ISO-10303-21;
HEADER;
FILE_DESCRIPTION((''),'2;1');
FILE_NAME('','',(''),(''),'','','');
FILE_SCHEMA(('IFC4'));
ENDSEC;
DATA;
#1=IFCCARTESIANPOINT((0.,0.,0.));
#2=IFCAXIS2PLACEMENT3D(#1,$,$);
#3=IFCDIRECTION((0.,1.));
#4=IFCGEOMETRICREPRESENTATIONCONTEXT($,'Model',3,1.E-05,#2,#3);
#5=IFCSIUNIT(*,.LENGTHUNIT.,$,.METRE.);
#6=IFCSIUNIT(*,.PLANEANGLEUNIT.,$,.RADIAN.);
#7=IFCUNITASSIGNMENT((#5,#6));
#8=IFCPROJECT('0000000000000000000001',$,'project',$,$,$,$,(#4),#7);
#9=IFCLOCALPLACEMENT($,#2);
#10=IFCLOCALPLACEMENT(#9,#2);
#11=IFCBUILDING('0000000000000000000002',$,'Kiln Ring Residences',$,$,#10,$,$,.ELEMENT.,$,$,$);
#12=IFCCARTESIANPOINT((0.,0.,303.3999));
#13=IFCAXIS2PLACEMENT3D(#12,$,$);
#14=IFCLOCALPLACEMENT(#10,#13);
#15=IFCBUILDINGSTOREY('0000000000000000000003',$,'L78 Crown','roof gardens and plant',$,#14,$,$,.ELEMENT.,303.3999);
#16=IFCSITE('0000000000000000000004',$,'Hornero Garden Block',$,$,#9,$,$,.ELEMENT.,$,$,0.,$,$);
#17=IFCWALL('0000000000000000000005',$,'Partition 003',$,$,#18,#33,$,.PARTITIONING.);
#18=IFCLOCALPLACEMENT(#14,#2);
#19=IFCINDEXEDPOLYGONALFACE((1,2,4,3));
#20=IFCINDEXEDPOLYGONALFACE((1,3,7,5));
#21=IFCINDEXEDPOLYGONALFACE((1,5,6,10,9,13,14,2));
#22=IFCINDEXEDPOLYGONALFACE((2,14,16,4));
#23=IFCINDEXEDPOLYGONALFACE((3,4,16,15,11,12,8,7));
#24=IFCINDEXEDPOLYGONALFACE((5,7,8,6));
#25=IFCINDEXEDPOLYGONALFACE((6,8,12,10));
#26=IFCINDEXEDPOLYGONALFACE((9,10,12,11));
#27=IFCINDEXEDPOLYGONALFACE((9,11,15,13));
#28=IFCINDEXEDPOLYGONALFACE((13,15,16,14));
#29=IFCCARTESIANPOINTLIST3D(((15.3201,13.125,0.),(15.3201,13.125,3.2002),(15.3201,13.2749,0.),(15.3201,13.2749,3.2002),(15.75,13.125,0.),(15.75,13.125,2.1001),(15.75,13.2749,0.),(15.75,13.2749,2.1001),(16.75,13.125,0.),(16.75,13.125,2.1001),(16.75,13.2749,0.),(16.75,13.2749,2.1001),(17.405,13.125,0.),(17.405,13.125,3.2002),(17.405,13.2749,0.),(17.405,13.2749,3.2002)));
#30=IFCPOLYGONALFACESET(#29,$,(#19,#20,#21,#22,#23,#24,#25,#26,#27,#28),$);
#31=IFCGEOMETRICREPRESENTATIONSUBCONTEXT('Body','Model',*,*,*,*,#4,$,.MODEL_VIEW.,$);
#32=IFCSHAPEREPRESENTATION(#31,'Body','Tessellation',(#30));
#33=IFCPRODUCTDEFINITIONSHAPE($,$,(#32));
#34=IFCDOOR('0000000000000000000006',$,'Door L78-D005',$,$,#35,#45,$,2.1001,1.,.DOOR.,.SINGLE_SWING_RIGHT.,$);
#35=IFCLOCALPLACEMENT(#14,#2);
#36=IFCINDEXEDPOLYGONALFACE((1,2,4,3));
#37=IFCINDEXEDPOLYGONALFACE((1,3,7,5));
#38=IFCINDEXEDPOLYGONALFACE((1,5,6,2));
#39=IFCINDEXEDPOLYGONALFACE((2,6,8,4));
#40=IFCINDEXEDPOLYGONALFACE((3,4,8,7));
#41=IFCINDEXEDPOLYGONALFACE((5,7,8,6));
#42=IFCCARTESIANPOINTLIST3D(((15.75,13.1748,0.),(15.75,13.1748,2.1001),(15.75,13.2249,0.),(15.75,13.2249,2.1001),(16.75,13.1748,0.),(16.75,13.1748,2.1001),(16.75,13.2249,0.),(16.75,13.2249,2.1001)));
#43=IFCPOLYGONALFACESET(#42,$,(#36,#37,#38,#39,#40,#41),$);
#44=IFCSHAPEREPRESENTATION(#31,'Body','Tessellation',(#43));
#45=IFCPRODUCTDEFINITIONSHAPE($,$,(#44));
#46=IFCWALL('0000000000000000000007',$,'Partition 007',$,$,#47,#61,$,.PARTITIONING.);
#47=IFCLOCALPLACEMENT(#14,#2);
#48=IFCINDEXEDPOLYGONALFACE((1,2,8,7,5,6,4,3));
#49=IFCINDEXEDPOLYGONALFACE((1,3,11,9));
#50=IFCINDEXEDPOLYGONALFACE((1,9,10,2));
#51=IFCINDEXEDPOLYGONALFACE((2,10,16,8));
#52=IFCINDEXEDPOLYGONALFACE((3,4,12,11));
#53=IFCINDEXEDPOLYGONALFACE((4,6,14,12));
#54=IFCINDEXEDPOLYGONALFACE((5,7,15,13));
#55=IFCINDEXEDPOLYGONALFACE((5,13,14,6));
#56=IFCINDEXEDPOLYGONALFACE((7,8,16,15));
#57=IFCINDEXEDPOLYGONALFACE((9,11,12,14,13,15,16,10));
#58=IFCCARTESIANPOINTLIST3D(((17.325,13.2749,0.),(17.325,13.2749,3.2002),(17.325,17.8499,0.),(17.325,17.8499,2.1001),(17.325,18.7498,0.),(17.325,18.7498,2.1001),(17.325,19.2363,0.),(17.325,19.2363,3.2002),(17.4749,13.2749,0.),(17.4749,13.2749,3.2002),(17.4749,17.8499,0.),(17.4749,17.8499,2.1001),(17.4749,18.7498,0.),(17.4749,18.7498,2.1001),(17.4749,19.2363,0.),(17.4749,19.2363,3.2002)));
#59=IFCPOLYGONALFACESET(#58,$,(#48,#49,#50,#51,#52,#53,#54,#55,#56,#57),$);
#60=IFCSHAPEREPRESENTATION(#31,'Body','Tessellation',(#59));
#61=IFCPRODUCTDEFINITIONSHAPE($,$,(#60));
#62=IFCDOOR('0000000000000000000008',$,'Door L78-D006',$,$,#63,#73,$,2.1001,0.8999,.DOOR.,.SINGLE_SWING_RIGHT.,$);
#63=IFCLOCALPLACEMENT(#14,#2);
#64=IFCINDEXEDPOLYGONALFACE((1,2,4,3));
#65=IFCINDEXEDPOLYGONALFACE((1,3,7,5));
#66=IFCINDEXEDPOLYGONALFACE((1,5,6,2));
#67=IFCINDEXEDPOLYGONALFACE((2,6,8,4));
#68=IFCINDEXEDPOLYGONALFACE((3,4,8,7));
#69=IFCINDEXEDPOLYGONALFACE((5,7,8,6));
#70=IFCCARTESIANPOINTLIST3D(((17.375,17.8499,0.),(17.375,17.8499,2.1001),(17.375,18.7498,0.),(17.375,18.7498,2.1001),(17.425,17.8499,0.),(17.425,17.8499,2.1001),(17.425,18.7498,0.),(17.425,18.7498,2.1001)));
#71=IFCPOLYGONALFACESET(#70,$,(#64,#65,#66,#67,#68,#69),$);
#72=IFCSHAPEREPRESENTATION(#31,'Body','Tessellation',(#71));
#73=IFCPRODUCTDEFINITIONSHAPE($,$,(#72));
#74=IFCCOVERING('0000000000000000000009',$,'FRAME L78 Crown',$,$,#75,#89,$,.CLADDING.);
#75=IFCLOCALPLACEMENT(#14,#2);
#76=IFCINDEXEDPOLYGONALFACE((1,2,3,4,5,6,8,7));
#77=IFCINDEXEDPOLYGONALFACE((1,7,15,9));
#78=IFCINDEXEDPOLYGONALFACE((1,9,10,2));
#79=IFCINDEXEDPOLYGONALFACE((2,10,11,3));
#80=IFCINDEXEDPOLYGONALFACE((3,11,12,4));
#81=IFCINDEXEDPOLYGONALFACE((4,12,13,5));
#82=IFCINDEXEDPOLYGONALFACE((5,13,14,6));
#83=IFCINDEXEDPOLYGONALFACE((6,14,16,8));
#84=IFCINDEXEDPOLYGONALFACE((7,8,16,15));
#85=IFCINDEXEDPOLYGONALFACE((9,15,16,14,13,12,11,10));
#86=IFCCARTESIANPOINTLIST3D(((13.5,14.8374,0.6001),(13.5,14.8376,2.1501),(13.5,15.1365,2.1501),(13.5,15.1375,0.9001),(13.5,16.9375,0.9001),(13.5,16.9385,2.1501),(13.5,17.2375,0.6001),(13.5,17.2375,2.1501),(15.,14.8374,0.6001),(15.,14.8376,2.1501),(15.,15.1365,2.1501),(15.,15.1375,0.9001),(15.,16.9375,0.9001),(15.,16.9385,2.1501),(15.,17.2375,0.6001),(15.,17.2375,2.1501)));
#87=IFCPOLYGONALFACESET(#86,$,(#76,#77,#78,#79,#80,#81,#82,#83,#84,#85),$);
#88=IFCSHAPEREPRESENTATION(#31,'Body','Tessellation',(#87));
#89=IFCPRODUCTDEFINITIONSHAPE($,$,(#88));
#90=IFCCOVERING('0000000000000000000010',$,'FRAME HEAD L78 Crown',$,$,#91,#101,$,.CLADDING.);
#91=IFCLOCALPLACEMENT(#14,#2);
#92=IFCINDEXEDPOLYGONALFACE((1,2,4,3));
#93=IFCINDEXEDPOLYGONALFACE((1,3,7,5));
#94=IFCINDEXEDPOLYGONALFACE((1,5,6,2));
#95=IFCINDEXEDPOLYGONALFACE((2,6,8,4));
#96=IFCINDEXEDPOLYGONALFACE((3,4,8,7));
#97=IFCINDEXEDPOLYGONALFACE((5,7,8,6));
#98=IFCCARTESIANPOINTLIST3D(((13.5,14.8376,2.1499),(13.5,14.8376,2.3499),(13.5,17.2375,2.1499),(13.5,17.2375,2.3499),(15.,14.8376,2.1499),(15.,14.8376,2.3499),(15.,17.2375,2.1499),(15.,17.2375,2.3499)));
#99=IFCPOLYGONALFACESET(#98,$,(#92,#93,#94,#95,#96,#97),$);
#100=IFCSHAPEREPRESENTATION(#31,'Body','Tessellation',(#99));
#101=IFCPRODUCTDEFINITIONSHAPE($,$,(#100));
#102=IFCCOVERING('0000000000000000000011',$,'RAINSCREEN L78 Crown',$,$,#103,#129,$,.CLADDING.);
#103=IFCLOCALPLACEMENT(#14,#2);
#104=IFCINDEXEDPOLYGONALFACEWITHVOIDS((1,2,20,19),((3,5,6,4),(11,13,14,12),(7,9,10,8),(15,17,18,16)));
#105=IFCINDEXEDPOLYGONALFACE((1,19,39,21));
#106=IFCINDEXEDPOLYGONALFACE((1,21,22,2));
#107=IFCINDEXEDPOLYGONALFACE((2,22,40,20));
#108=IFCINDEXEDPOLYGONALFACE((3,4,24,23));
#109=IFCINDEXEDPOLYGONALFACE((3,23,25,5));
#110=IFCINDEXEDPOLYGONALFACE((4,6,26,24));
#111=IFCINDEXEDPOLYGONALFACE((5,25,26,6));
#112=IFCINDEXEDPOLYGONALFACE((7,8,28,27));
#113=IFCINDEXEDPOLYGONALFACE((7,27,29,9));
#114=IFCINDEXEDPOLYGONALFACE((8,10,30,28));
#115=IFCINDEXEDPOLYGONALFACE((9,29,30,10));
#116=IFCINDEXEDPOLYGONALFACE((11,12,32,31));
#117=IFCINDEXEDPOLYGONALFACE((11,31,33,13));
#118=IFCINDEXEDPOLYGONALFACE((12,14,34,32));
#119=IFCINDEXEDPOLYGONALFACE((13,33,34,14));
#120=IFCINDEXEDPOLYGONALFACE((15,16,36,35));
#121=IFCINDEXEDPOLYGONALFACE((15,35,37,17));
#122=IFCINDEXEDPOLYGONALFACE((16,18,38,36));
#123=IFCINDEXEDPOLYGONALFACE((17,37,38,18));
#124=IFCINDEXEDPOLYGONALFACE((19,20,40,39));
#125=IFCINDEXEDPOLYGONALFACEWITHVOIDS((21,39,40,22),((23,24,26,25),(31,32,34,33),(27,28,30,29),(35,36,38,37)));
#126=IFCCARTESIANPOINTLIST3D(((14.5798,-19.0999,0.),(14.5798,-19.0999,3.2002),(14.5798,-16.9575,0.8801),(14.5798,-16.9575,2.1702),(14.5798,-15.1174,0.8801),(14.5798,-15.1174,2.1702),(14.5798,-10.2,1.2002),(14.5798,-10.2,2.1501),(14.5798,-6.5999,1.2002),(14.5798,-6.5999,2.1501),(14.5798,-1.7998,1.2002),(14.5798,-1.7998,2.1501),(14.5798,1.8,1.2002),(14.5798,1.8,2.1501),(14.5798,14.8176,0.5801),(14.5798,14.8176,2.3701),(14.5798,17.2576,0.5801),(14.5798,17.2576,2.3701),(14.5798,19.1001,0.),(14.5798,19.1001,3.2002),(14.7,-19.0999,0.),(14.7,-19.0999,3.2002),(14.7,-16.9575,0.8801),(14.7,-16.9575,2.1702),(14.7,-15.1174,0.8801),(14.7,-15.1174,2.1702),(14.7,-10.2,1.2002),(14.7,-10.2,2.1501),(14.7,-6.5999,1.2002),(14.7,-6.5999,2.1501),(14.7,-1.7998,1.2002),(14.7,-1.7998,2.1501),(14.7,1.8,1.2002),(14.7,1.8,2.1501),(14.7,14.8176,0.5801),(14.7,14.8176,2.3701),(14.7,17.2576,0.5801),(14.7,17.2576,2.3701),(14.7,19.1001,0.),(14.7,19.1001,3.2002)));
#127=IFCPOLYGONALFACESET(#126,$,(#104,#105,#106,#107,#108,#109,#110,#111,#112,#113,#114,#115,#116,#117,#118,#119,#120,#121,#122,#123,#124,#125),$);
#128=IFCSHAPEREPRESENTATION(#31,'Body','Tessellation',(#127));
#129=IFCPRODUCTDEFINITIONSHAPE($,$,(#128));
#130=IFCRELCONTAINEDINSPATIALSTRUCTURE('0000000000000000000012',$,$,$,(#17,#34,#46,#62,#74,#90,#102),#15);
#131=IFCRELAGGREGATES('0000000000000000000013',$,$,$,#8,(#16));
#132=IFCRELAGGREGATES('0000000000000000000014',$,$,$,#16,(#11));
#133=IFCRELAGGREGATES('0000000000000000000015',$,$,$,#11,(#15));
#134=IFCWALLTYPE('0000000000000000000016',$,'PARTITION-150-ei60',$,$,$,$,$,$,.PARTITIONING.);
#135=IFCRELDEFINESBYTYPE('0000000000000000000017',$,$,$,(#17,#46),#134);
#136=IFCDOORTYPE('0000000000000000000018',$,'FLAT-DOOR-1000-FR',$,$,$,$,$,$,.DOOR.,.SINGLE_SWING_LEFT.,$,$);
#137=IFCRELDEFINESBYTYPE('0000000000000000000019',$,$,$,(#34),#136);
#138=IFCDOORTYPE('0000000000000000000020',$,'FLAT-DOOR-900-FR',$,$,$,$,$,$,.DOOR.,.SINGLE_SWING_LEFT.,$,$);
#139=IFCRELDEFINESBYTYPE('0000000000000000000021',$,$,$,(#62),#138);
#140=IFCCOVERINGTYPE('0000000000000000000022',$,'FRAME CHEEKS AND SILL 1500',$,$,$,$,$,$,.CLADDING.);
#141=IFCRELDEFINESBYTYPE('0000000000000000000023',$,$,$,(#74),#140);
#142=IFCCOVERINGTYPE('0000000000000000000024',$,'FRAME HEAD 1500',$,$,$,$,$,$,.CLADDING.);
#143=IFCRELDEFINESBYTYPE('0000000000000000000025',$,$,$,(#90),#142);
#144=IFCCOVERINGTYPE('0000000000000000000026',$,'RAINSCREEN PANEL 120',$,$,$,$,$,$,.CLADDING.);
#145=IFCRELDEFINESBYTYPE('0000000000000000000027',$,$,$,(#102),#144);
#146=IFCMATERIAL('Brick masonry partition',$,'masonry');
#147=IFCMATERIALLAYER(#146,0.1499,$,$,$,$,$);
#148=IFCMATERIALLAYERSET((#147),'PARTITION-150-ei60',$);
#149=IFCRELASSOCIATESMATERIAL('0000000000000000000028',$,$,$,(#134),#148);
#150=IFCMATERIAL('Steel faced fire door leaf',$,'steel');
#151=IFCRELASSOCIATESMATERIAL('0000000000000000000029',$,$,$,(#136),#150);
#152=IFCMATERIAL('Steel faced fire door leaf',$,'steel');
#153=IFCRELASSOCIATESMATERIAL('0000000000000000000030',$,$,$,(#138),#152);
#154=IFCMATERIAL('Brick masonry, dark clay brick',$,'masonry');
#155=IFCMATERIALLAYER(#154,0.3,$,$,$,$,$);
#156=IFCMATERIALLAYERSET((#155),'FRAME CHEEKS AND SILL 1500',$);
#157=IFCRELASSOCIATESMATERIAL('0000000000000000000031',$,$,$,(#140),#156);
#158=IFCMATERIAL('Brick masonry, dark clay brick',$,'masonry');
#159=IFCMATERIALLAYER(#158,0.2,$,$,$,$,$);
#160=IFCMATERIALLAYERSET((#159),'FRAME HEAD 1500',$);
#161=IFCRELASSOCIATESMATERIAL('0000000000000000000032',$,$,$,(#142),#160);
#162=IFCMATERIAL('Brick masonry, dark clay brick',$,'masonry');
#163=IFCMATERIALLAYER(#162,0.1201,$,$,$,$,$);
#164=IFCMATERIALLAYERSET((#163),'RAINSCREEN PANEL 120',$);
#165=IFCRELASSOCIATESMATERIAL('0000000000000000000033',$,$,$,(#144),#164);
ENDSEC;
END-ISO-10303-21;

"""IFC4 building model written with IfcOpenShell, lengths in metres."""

from ifc_helpers import new_model, si_unit, direction, frame, frame_2d, origin, origin_2d, place, context, subcontext, project, spatial, polyline, rectangle, outline, extrude, material, layer, layer_set, type_object, element, fill, save


model = new_model("IFC4")

# Units and contexts
model_context = context("Model", 3, precision=1e-05, world=origin(), true_north=direction((0.0, 1.0)))
body_context = subcontext(model_context, "Body", "Model", "MODEL_VIEW")
ifc_project = project(units=[si_unit("LENGTHUNIT", "METRE"), si_unit("PLANEANGLEUNIT", "RADIAN")], contexts=[model_context])

# Site, building, storey
site_placement = place(None, origin())
site = spatial("IfcSite", under=ifc_project, at=site_placement, Name="Hornero Garden Block", CompositionType="ELEMENT", RefElevation=0.0)
building_placement = place(site_placement, origin())
building = spatial("IfcBuilding", under=site, at=building_placement, Name="Kiln Ring Residences", CompositionType="ELEMENT")
storey_placement = place(building_placement, frame((0.0, 0.0, 303.3999)))
storey = spatial("IfcBuildingStorey", under=building, at=storey_placement, Name="L78 Crown", Description="roof gardens and plant", CompositionType="ELEMENT", Elevation=303.3999)

# Walls, openings, doors
ifc_material_1 = material(Name="Brick masonry partition", Category="masonry")
ifc_layer_1 = layer(ifc_material_1, 0.1499)
ifc_layer_set_1 = layer_set([ifc_layer_1], Name="PARTITION-150-ei60")
wall_type_1 = type_object("IfcWallType", Name="PARTITION-150-ei60", PredefinedType="PARTITIONING", material=ifc_layer_set_1)
wall_1_placement = place(storey_placement, frame((15.3201, 13.2, 0.0), z_axis=(0.0, 0.0, 1.0), x_axis=(1.0, 0.0, 0.0)))
wall_1 = element("IfcWall", 1, at=wall_1_placement, inside=storey, type_object=wall_type_1, Name="Partition 003", PredefinedType="PARTITIONING", context=body_context, shape_type="SweptSolid", body=[
    extrude(rectangle(XDim=2.085, YDim=0.1499, at=frame_2d((1.0425, 0.0))), origin(), (0.0, 0.0, 1.0), 3.2002),
])
opening_1_placement = place(wall_1_placement, frame((0.4299, 0.0, 0.0)))
opening_1 = element("IfcOpeningElement", 2, at=opening_1_placement, cuts=wall_1, PredefinedType="OPENING", context=body_context, shape_type="SweptSolid", body=[
    extrude(rectangle(XDim=1.0, YDim=2.1001, at=frame_2d((0.5, 1.05))), frame((0.0, 0.085, 0.0), z_axis=(0.0, -1.0, 0.0), x_axis=(1.0, 0.0, 0.0)), (0.0, 0.0, 1.0), 0.1699),
])
ifc_material_2 = material(Name="Steel faced fire door leaf", Category="steel")
door_type_1 = type_object("IfcDoorType", Name="FLAT-DOOR-1000-FR", OperationType="SINGLE_SWING_LEFT", PredefinedType="DOOR", material=ifc_material_2)
door_1_placement = place(opening_1_placement, origin())
door_1 = element("IfcDoor", 3, at=door_1_placement, inside=storey, type_object=door_type_1, Name="Door L78-D005", OperationType="SINGLE_SWING_RIGHT", OverallHeight=2.1001, OverallWidth=1.0, PredefinedType="DOOR", context=body_context, shape_type="SweptSolid", body=[
    extrude(rectangle(XDim=1.0, YDim=2.1001, at=frame_2d((0.5, 1.05))), frame((0.0, 0.0249, 0.0), z_axis=(0.0, -1.0, 0.0), x_axis=(1.0, 0.0, 0.0)), (0.0, 0.0, 1.0), 0.05),
])
fill(opening_1, door_1)
wall_2_placement = place(storey_placement, frame((17.3999, 13.2749, 0.0), z_axis=(0.0, 0.0, 1.0), x_axis=(0.0, 1.0, 0.0)))
wall_2 = element("IfcWall", 4, at=wall_2_placement, inside=storey, type_object=wall_type_1, Name="Partition 007", PredefinedType="PARTITIONING", context=body_context, shape_type="SweptSolid", body=[
    extrude(rectangle(XDim=5.9614, YDim=0.1499, at=frame_2d((2.9807, 0.0))), origin(), (0.0, 0.0, 1.0), 3.2002),
])
opening_2_placement = place(wall_2_placement, frame((4.575, 0.0, 0.0)))
opening_2 = element("IfcOpeningElement", 5, at=opening_2_placement, cuts=wall_2, PredefinedType="OPENING", context=body_context, shape_type="SweptSolid", body=[
    extrude(rectangle(XDim=0.8999, YDim=2.1001, at=frame_2d((0.45, 1.05))), frame((0.0, 0.085, 0.0), z_axis=(0.0, -1.0, 0.0), x_axis=(1.0, 0.0, 0.0)), (0.0, 0.0, 1.0), 0.1699),
])
ifc_material_3 = material(Name="Steel faced fire door leaf", Category="steel")
door_type_2 = type_object("IfcDoorType", Name="FLAT-DOOR-900-FR", OperationType="SINGLE_SWING_LEFT", PredefinedType="DOOR", material=ifc_material_3)
door_2_placement = place(opening_2_placement, origin())
door_2 = element("IfcDoor", 6, at=door_2_placement, inside=storey, type_object=door_type_2, Name="Door L78-D006", OperationType="SINGLE_SWING_RIGHT", OverallHeight=2.1001, OverallWidth=0.8999, PredefinedType="DOOR", context=body_context, shape_type="SweptSolid", body=[
    extrude(rectangle(XDim=0.8999, YDim=2.1001, at=frame_2d((0.45, 1.05))), frame((0.0, 0.0249, 0.0), z_axis=(0.0, -1.0, 0.0), x_axis=(1.0, 0.0, 0.0)), (0.0, 0.0, 1.0), 0.05),
])
fill(opening_2, door_2)

# Coverings
ifc_material_4 = material(Name="Brick masonry, dark clay brick", Category="masonry")
ifc_layer_2 = layer(ifc_material_4, 0.3)
ifc_layer_set_2 = layer_set([ifc_layer_2], Name="FRAME CHEEKS AND SILL 1500")
covering_type_1 = type_object("IfcCoveringType", Name="FRAME CHEEKS AND SILL 1500", PredefinedType="CLADDING", material=ifc_layer_set_2)
covering_1_placement = place(storey_placement, frame((14.25, 17.2375, 0.6001), z_axis=(0.0, 0.0, 1.0), x_axis=(0.0, -1.0, 0.0)))
element("IfcCovering", 7, at=covering_1_placement, inside=storey, type_object=covering_type_1, Name="FRAME L78 Crown", PredefinedType="CLADDING", context=body_context, shape_type="SweptSolid", body=[
    extrude(outline(polyline([(0.0, 0.0), (2.4001, 0.0), (2.3999, 1.55), (2.1011, 1.55), (2.1001, 0.3), (0.3, 0.3), (0.2991, 1.55), (0.0, 1.55), (0.0, 0.0)])), frame((0.0, 0.75, 0.0), z_axis=(0.0, -1.0, 0.0), x_axis=(1.0, 0.0, 0.0)), (0.0, 0.0, 1.0), 1.5),
])
ifc_material_5 = material(Name="Brick masonry, dark clay brick", Category="masonry")
ifc_layer_3 = layer(ifc_material_5, 0.2)
ifc_layer_set_3 = layer_set([ifc_layer_3], Name="FRAME HEAD 1500")
covering_type_2 = type_object("IfcCoveringType", Name="FRAME HEAD 1500", PredefinedType="CLADDING", material=ifc_layer_set_3)
covering_2_placement = place(storey_placement, frame((14.25, 16.0376, 2.1499), z_axis=(0.0, 0.0, 1.0), x_axis=(0.0, -1.0, 0.0)))
element("IfcCovering", 8, at=covering_2_placement, inside=storey, type_object=covering_type_2, Name="FRAME HEAD L78 Crown", PredefinedType="CLADDING", context=body_context, shape_type="SweptSolid", body=[
    extrude(rectangle(XDim=2.3999, YDim=1.5, at=origin_2d()), origin(), (0.0, 0.0, 1.0), 0.2),
])
ifc_material_6 = material(Name="Brick masonry, dark clay brick", Category="masonry")
ifc_layer_4 = layer(ifc_material_6, 0.1201)
ifc_layer_set_4 = layer_set([ifc_layer_4], Name="RAINSCREEN PANEL 120")
covering_type_3 = type_object("IfcCoveringType", Name="RAINSCREEN PANEL 120", PredefinedType="CLADDING", material=ifc_layer_set_4)
covering_3_placement = place(storey_placement, frame((14.6399, 19.1001, 0.0), z_axis=(0.0, 0.0, 1.0), x_axis=(0.0, -1.0, 0.0)))
element("IfcCovering", 9, at=covering_3_placement, inside=storey, type_object=covering_type_3, Name="RAINSCREEN L78 Crown", PredefinedType="CLADDING", context=body_context, shape_type="SweptSolid", body=[
    extrude(outline(polyline([(0.0, 0.0), (38.2, 0.0), (38.2, 3.2002), (0.0, 3.2002), (0.0, 0.0)]), holes=[polyline([(4.2825, 0.5801), (4.2825, 2.3701), (1.8425, 2.3701), (1.8425, 0.5801), (4.2825, 0.5801)]), polyline([(36.0576, 0.8801), (36.0576, 2.1702), (34.2175, 2.1702), (34.2175, 0.8801), (36.0576, 0.8801)]), polyline([(20.8999, 1.2002), (20.8999, 2.1501), (17.3, 2.1501), (17.3, 1.2002), (20.8999, 1.2002)]), polyline([(29.3, 1.2002), (29.3, 2.1501), (25.7, 2.1501), (25.7, 1.2002), (29.3, 1.2002)])]), frame((0.0, 0.0601, 0.0), z_axis=(0.0, -1.0, 0.0), x_axis=(1.0, 0.0, 0.0)), (0.0, 0.0, 1.0), 0.1201),
])

save(model, "model.ifc")
